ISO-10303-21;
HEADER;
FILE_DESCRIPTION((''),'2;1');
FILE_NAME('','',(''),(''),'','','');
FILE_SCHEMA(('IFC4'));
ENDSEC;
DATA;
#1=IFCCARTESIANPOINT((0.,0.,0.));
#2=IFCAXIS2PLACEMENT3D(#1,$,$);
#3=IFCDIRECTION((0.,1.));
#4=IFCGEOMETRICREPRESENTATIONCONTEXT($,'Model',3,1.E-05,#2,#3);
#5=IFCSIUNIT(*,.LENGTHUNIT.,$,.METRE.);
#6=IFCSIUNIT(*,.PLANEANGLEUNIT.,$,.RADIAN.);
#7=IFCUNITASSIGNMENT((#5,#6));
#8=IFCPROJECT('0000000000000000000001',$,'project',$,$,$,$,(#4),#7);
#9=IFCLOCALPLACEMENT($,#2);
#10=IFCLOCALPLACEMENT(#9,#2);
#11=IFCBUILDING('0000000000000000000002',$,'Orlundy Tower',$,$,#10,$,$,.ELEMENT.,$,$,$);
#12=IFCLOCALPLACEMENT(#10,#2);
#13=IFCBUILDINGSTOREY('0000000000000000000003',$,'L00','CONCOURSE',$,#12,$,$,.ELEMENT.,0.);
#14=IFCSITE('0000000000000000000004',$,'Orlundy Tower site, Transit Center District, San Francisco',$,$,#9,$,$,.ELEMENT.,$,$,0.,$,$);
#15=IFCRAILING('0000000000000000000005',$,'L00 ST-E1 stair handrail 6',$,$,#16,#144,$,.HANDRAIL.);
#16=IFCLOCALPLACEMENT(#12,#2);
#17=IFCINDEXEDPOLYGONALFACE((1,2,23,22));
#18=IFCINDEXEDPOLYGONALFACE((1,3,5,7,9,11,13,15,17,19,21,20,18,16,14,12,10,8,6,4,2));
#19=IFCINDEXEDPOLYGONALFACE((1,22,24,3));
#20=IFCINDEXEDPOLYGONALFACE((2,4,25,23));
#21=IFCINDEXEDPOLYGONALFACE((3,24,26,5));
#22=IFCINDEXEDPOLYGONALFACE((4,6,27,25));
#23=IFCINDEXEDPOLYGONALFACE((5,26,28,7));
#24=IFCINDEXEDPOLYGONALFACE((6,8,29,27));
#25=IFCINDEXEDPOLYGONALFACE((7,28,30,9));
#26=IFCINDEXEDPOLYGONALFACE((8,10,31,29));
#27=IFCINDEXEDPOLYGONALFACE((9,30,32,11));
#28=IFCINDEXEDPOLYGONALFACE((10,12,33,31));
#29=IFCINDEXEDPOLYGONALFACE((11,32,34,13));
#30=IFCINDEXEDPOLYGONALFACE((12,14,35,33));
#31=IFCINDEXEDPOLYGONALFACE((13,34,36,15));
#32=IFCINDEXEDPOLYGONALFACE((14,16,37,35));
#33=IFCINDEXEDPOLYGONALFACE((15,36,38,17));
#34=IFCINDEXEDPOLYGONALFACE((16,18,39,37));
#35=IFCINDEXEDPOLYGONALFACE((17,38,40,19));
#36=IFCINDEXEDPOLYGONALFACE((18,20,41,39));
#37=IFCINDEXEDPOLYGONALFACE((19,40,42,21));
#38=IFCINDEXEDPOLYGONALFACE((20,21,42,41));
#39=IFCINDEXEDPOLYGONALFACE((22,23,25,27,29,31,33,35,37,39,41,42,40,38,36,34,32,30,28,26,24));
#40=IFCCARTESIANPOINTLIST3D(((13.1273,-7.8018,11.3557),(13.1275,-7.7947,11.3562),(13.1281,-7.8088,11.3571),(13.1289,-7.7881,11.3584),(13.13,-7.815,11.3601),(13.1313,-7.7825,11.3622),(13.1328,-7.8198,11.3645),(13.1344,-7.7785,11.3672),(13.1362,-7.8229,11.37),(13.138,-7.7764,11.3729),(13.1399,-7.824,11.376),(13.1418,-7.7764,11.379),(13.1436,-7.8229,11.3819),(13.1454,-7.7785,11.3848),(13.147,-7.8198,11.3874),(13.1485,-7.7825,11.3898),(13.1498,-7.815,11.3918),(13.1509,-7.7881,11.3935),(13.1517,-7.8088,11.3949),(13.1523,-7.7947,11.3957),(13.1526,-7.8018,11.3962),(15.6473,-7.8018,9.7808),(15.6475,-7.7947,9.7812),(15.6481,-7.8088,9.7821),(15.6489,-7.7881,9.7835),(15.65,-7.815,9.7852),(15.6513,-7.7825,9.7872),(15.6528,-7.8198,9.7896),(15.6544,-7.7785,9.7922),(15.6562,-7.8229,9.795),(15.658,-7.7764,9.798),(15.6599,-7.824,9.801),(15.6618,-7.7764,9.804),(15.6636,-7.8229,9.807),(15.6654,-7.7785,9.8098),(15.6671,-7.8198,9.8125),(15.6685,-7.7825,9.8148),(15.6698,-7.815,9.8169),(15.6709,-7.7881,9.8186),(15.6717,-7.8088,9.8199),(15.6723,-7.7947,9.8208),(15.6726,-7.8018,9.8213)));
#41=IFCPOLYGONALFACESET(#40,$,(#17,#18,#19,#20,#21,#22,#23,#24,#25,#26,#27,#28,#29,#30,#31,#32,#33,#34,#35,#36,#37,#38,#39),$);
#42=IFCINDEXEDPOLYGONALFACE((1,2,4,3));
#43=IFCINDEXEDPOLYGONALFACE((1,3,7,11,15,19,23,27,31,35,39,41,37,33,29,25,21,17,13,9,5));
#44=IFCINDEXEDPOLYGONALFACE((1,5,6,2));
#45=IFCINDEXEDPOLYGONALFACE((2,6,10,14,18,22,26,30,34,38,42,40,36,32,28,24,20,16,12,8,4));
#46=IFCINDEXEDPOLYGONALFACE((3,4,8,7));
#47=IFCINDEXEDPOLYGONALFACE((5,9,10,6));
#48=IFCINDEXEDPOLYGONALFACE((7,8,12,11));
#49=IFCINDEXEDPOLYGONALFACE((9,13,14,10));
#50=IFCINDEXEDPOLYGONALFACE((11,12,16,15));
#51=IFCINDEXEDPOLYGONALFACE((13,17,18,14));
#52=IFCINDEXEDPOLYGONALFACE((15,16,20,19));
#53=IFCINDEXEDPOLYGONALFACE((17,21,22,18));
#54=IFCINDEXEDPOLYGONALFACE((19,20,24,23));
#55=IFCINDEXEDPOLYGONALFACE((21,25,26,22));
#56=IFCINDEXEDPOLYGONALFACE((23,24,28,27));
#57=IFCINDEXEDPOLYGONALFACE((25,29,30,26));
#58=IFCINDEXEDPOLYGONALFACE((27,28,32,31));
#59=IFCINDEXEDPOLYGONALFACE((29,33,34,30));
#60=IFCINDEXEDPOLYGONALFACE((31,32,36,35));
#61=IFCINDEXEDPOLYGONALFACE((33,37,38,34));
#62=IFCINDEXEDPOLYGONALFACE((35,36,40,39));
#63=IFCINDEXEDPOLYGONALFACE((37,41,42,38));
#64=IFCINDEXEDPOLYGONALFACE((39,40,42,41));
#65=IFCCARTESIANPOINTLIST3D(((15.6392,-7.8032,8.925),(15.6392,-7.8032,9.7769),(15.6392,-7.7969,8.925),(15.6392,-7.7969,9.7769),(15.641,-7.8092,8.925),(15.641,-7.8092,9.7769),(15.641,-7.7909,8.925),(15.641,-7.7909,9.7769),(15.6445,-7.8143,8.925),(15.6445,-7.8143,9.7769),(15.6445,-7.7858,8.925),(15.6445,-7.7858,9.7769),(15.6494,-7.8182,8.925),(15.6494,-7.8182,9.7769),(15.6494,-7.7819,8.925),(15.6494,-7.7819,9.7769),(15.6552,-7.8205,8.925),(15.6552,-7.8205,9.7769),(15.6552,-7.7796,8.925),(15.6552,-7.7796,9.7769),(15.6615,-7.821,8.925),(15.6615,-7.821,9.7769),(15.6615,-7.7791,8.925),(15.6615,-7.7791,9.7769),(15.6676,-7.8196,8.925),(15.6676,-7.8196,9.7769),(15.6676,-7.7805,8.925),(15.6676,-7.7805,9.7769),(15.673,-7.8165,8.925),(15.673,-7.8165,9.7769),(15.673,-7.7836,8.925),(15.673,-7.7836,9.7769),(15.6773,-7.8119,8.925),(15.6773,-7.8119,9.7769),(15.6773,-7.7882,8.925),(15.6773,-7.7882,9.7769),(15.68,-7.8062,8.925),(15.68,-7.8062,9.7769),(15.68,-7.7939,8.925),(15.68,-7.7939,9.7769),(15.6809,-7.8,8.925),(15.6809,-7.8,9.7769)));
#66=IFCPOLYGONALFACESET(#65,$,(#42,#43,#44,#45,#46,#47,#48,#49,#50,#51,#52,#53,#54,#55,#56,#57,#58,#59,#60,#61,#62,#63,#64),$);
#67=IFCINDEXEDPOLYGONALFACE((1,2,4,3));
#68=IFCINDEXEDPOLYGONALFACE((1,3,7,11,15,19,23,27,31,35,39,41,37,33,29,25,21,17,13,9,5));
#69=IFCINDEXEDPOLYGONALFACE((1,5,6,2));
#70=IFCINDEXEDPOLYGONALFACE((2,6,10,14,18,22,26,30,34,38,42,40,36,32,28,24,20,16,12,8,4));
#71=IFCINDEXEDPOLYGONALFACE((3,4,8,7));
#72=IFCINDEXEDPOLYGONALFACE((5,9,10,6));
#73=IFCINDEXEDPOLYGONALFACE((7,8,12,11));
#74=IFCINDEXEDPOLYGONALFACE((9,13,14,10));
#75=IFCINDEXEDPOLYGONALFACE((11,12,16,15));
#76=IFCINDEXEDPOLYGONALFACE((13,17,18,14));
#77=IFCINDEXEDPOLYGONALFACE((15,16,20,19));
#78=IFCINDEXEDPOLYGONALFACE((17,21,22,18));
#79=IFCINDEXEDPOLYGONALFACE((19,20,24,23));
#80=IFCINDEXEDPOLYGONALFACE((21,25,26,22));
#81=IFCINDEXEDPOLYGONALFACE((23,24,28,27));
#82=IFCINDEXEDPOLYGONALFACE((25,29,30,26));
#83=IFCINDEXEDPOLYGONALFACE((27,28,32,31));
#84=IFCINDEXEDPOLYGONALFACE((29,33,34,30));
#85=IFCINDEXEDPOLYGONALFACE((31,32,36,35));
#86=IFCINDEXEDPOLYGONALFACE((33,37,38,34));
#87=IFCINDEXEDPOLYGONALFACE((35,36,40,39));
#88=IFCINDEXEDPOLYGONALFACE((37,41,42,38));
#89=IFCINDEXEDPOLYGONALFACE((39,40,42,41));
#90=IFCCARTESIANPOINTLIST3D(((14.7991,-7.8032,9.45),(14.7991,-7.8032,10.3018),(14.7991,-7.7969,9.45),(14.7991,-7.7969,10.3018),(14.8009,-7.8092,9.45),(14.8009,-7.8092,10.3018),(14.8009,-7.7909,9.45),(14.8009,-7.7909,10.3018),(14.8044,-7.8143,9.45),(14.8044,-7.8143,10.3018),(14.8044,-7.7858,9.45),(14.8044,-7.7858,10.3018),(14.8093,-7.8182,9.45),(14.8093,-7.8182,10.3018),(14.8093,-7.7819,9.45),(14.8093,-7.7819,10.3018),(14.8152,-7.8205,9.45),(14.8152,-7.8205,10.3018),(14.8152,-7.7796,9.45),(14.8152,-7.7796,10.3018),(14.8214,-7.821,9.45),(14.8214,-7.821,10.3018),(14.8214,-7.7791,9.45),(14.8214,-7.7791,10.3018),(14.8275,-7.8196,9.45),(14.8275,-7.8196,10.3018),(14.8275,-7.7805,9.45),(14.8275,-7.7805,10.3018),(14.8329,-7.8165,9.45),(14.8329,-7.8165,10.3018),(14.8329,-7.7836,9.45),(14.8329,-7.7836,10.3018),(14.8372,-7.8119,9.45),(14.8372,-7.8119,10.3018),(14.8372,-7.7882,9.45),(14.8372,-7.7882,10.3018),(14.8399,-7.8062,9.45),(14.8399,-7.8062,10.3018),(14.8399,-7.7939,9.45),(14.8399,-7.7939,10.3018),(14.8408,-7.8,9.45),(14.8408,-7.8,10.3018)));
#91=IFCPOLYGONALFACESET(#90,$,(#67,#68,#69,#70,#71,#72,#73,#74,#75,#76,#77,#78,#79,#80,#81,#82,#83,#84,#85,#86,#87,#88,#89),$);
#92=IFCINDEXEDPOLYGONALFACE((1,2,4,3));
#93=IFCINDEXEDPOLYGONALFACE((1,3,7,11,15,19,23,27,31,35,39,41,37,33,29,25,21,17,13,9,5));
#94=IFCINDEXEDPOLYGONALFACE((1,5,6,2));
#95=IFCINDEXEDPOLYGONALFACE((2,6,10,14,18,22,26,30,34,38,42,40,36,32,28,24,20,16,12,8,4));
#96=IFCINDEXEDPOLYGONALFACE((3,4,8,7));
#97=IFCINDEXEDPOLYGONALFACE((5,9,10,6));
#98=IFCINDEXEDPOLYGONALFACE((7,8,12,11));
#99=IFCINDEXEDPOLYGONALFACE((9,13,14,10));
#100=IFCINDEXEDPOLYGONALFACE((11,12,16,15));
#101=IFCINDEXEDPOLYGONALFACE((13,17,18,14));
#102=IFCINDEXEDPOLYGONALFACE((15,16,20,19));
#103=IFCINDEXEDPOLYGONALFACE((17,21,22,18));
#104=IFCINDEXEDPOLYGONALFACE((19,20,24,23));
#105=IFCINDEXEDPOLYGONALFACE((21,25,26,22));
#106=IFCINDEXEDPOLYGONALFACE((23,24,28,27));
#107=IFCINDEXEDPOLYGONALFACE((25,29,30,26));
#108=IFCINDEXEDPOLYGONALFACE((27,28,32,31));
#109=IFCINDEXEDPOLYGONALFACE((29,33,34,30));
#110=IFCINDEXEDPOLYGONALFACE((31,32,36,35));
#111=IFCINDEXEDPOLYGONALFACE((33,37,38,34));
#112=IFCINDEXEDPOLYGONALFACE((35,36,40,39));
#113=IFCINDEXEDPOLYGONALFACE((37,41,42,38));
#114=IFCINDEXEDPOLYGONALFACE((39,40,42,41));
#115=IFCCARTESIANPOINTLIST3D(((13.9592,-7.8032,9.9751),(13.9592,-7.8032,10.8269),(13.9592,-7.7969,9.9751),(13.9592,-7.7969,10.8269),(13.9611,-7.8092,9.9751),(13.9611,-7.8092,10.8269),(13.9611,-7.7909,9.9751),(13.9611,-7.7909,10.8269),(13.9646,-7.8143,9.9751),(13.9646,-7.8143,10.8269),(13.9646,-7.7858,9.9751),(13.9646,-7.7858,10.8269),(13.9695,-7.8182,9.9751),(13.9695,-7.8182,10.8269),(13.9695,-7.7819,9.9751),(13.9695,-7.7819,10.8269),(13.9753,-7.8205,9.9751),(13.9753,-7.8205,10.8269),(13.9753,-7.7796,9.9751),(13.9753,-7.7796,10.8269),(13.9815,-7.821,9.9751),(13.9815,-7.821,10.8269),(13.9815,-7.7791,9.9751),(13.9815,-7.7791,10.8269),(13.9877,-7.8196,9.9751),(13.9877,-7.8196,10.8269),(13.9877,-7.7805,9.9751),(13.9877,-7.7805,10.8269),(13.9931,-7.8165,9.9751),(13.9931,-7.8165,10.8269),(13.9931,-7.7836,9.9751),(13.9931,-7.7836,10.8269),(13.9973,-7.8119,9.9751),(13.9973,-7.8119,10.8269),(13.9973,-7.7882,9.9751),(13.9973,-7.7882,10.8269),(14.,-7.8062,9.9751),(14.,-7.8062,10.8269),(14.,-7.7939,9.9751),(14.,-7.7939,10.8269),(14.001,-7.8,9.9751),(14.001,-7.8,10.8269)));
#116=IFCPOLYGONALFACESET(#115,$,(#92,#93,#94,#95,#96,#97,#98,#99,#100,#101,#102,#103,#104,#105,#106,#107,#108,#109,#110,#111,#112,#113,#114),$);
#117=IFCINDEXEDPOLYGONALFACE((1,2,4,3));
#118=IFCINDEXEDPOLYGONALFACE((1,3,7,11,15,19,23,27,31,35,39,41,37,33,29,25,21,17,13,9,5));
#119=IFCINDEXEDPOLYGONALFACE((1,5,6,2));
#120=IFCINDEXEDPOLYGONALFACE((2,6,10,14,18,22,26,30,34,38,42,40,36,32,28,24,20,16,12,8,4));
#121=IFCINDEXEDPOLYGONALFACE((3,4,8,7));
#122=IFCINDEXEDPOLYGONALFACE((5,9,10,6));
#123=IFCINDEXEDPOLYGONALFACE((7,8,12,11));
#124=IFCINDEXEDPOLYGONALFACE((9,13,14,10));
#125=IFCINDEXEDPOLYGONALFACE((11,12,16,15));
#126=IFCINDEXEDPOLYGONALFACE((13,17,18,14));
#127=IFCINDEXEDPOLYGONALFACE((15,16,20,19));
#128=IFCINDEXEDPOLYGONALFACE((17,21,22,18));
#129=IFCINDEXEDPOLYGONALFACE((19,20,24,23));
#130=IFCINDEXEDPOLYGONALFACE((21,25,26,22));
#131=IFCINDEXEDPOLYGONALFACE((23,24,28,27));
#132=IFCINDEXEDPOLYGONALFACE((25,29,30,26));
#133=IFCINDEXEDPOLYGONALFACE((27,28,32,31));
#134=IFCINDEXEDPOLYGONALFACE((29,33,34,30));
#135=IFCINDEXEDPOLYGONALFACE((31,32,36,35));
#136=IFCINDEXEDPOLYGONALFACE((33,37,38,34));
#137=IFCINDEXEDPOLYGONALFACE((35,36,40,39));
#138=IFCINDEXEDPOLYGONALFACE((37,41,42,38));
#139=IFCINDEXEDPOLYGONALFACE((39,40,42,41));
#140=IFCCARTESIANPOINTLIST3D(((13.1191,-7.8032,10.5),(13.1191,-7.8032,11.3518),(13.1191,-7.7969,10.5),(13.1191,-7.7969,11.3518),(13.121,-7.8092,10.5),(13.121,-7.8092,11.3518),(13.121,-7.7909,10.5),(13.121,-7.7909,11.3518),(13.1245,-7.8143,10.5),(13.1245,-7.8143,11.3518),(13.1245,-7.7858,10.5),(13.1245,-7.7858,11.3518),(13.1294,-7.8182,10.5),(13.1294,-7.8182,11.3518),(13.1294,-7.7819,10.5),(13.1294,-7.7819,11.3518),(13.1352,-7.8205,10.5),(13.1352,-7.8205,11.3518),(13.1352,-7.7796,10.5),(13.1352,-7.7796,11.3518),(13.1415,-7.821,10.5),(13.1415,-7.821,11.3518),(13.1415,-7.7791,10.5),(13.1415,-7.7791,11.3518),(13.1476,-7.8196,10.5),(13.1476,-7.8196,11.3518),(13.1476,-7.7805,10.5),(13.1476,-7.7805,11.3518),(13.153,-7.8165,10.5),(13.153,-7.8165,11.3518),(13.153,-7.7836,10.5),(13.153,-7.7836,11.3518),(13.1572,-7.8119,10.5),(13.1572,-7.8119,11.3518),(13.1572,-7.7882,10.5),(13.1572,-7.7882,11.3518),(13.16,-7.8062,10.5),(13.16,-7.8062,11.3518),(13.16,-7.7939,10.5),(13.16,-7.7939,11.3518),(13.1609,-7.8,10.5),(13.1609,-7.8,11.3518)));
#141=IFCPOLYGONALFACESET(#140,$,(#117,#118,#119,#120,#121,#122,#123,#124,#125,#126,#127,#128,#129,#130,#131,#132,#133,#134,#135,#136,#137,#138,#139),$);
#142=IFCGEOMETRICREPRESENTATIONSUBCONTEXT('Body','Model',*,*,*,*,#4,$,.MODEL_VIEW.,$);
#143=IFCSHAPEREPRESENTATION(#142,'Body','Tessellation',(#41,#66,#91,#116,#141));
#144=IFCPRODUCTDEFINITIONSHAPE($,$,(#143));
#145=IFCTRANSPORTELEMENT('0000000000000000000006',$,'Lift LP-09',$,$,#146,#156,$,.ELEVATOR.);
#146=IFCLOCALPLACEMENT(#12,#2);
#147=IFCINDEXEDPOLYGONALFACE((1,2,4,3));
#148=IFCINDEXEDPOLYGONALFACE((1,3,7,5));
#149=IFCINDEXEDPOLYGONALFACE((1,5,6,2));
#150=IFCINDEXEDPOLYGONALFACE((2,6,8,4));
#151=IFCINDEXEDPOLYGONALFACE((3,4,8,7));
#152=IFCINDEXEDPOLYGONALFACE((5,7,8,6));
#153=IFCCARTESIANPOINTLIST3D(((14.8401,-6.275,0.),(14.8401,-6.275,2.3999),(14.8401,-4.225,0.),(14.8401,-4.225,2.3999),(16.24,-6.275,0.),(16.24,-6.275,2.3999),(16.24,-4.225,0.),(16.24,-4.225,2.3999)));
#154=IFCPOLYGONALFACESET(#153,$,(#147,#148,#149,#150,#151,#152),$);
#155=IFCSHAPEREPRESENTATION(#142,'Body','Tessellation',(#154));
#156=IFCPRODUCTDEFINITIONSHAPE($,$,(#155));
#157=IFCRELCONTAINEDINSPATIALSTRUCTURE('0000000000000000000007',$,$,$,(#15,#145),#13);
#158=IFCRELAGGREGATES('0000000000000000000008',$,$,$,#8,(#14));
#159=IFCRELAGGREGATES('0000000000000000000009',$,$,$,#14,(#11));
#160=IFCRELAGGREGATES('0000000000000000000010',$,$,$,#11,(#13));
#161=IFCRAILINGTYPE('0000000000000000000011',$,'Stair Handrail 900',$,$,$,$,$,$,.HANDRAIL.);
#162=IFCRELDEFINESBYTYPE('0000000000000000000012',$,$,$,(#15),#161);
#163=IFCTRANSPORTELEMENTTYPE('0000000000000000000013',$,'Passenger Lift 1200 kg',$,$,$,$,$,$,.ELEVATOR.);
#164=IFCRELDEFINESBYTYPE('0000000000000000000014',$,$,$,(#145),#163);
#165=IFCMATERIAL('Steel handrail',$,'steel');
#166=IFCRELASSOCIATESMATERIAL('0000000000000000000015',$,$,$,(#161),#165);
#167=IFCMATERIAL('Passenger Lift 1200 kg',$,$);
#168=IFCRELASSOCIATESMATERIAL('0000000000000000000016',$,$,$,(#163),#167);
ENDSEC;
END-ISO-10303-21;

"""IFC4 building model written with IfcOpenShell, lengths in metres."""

from ifc_helpers import new_model, si_unit, direction, frame, origin, origin_2d, place, context, subcontext, project, spatial, rectangle, circle, extrude, material, type_object, element, save


model = new_model("IFC4")

# Units and contexts
model_context = context("Model", 3, precision=1e-05, world=origin(), true_north=direction((0.0, 1.0)))
body_context = subcontext(model_context, "Body", "Model", "MODEL_VIEW")
ifc_project = project(units=[si_unit("LENGTHUNIT", "METRE"), si_unit("PLANEANGLEUNIT", "RADIAN")], contexts=[model_context])

# Site, building, storey
site_placement = place(None, origin())
site = spatial("IfcSite", under=ifc_project, at=site_placement, Name="Orlundy Tower site, Transit Center District, San Francisco", CompositionType="ELEMENT", RefElevation=0.0)
building_placement = place(site_placement, origin())
building = spatial("IfcBuilding", under=site, at=building_placement, Name="Orlundy Tower", CompositionType="ELEMENT")
storey_placement = place(building_placement, origin())
storey = spatial("IfcBuildingStorey", under=building, at=storey_placement, Name="L00", Description="CONCOURSE", CompositionType="ELEMENT", Elevation=0.0)

# Railing
ifc_material_1 = material(Name="Steel handrail", Category="steel")
railing_type = type_object("IfcRailingType", Name="Stair Handrail 900", PredefinedType="HANDRAIL", material=ifc_material_1)
for number, where, name in (
    (1, (15.6599, -7.8, 8.925), "L00 ST-E1 stair handrail 6"),
):
    element("IfcRailing", number, at=place(storey_placement, frame(where)), inside=storey, type_object=railing_type, Name=name, PredefinedType="HANDRAIL", context=body_context, shape_type="SweptSolid", body=[
        extrude(circle(Radius=0.0239, at=origin_2d()), frame((0.0, 0.0, 0.876), z_axis=(-0.848008, 0.0, 0.529984), x_axis=(0.0, -1.0, 0.0)), (0.0, 0.0, 1.0), 2.9717),
        extrude(circle(Radius=0.021, at=origin_2d()), origin(), (0.0, 0.0, 1.0), 0.8518),
        extrude(circle(Radius=0.021, at=origin_2d()), frame((-0.8401, 0.0, 0.5249)), (0.0, 0.0, 1.0), 0.8518),
        extrude(circle(Radius=0.021, at=origin_2d()), frame((-1.6799, 0.0, 1.05)), (0.0, 0.0, 1.0), 0.8518),
        extrude(circle(Radius=0.021, at=origin_2d()), frame((-2.52, 0.0, 1.575)), (0.0, 0.0, 1.0), 0.8518),
    ])

# Transport element
ifc_material_2 = material(Name="Passenger Lift 1200 kg")
transport_element_type = type_object("IfcTransportElementType", Name="Passenger Lift 1200 kg", PredefinedType="ELEVATOR", material=ifc_material_2)
transport_element_placement = place(storey_placement, frame((15.54, -5.25, 0.0), z_axis=(0.0, 0.0, 1.0), x_axis=(1.0, 0.0, 0.0)))
element("IfcTransportElement", 2, at=transport_element_placement, inside=storey, type_object=transport_element_type, Name="Lift LP-09", PredefinedType="ELEVATOR", context=body_context, shape_type="SweptSolid", body=[
    extrude(rectangle(XDim=1.3999, YDim=2.05, at=origin_2d()), origin(), (0.0, 0.0, 1.0), 2.3999),
])

save(model, "model.ifc")
